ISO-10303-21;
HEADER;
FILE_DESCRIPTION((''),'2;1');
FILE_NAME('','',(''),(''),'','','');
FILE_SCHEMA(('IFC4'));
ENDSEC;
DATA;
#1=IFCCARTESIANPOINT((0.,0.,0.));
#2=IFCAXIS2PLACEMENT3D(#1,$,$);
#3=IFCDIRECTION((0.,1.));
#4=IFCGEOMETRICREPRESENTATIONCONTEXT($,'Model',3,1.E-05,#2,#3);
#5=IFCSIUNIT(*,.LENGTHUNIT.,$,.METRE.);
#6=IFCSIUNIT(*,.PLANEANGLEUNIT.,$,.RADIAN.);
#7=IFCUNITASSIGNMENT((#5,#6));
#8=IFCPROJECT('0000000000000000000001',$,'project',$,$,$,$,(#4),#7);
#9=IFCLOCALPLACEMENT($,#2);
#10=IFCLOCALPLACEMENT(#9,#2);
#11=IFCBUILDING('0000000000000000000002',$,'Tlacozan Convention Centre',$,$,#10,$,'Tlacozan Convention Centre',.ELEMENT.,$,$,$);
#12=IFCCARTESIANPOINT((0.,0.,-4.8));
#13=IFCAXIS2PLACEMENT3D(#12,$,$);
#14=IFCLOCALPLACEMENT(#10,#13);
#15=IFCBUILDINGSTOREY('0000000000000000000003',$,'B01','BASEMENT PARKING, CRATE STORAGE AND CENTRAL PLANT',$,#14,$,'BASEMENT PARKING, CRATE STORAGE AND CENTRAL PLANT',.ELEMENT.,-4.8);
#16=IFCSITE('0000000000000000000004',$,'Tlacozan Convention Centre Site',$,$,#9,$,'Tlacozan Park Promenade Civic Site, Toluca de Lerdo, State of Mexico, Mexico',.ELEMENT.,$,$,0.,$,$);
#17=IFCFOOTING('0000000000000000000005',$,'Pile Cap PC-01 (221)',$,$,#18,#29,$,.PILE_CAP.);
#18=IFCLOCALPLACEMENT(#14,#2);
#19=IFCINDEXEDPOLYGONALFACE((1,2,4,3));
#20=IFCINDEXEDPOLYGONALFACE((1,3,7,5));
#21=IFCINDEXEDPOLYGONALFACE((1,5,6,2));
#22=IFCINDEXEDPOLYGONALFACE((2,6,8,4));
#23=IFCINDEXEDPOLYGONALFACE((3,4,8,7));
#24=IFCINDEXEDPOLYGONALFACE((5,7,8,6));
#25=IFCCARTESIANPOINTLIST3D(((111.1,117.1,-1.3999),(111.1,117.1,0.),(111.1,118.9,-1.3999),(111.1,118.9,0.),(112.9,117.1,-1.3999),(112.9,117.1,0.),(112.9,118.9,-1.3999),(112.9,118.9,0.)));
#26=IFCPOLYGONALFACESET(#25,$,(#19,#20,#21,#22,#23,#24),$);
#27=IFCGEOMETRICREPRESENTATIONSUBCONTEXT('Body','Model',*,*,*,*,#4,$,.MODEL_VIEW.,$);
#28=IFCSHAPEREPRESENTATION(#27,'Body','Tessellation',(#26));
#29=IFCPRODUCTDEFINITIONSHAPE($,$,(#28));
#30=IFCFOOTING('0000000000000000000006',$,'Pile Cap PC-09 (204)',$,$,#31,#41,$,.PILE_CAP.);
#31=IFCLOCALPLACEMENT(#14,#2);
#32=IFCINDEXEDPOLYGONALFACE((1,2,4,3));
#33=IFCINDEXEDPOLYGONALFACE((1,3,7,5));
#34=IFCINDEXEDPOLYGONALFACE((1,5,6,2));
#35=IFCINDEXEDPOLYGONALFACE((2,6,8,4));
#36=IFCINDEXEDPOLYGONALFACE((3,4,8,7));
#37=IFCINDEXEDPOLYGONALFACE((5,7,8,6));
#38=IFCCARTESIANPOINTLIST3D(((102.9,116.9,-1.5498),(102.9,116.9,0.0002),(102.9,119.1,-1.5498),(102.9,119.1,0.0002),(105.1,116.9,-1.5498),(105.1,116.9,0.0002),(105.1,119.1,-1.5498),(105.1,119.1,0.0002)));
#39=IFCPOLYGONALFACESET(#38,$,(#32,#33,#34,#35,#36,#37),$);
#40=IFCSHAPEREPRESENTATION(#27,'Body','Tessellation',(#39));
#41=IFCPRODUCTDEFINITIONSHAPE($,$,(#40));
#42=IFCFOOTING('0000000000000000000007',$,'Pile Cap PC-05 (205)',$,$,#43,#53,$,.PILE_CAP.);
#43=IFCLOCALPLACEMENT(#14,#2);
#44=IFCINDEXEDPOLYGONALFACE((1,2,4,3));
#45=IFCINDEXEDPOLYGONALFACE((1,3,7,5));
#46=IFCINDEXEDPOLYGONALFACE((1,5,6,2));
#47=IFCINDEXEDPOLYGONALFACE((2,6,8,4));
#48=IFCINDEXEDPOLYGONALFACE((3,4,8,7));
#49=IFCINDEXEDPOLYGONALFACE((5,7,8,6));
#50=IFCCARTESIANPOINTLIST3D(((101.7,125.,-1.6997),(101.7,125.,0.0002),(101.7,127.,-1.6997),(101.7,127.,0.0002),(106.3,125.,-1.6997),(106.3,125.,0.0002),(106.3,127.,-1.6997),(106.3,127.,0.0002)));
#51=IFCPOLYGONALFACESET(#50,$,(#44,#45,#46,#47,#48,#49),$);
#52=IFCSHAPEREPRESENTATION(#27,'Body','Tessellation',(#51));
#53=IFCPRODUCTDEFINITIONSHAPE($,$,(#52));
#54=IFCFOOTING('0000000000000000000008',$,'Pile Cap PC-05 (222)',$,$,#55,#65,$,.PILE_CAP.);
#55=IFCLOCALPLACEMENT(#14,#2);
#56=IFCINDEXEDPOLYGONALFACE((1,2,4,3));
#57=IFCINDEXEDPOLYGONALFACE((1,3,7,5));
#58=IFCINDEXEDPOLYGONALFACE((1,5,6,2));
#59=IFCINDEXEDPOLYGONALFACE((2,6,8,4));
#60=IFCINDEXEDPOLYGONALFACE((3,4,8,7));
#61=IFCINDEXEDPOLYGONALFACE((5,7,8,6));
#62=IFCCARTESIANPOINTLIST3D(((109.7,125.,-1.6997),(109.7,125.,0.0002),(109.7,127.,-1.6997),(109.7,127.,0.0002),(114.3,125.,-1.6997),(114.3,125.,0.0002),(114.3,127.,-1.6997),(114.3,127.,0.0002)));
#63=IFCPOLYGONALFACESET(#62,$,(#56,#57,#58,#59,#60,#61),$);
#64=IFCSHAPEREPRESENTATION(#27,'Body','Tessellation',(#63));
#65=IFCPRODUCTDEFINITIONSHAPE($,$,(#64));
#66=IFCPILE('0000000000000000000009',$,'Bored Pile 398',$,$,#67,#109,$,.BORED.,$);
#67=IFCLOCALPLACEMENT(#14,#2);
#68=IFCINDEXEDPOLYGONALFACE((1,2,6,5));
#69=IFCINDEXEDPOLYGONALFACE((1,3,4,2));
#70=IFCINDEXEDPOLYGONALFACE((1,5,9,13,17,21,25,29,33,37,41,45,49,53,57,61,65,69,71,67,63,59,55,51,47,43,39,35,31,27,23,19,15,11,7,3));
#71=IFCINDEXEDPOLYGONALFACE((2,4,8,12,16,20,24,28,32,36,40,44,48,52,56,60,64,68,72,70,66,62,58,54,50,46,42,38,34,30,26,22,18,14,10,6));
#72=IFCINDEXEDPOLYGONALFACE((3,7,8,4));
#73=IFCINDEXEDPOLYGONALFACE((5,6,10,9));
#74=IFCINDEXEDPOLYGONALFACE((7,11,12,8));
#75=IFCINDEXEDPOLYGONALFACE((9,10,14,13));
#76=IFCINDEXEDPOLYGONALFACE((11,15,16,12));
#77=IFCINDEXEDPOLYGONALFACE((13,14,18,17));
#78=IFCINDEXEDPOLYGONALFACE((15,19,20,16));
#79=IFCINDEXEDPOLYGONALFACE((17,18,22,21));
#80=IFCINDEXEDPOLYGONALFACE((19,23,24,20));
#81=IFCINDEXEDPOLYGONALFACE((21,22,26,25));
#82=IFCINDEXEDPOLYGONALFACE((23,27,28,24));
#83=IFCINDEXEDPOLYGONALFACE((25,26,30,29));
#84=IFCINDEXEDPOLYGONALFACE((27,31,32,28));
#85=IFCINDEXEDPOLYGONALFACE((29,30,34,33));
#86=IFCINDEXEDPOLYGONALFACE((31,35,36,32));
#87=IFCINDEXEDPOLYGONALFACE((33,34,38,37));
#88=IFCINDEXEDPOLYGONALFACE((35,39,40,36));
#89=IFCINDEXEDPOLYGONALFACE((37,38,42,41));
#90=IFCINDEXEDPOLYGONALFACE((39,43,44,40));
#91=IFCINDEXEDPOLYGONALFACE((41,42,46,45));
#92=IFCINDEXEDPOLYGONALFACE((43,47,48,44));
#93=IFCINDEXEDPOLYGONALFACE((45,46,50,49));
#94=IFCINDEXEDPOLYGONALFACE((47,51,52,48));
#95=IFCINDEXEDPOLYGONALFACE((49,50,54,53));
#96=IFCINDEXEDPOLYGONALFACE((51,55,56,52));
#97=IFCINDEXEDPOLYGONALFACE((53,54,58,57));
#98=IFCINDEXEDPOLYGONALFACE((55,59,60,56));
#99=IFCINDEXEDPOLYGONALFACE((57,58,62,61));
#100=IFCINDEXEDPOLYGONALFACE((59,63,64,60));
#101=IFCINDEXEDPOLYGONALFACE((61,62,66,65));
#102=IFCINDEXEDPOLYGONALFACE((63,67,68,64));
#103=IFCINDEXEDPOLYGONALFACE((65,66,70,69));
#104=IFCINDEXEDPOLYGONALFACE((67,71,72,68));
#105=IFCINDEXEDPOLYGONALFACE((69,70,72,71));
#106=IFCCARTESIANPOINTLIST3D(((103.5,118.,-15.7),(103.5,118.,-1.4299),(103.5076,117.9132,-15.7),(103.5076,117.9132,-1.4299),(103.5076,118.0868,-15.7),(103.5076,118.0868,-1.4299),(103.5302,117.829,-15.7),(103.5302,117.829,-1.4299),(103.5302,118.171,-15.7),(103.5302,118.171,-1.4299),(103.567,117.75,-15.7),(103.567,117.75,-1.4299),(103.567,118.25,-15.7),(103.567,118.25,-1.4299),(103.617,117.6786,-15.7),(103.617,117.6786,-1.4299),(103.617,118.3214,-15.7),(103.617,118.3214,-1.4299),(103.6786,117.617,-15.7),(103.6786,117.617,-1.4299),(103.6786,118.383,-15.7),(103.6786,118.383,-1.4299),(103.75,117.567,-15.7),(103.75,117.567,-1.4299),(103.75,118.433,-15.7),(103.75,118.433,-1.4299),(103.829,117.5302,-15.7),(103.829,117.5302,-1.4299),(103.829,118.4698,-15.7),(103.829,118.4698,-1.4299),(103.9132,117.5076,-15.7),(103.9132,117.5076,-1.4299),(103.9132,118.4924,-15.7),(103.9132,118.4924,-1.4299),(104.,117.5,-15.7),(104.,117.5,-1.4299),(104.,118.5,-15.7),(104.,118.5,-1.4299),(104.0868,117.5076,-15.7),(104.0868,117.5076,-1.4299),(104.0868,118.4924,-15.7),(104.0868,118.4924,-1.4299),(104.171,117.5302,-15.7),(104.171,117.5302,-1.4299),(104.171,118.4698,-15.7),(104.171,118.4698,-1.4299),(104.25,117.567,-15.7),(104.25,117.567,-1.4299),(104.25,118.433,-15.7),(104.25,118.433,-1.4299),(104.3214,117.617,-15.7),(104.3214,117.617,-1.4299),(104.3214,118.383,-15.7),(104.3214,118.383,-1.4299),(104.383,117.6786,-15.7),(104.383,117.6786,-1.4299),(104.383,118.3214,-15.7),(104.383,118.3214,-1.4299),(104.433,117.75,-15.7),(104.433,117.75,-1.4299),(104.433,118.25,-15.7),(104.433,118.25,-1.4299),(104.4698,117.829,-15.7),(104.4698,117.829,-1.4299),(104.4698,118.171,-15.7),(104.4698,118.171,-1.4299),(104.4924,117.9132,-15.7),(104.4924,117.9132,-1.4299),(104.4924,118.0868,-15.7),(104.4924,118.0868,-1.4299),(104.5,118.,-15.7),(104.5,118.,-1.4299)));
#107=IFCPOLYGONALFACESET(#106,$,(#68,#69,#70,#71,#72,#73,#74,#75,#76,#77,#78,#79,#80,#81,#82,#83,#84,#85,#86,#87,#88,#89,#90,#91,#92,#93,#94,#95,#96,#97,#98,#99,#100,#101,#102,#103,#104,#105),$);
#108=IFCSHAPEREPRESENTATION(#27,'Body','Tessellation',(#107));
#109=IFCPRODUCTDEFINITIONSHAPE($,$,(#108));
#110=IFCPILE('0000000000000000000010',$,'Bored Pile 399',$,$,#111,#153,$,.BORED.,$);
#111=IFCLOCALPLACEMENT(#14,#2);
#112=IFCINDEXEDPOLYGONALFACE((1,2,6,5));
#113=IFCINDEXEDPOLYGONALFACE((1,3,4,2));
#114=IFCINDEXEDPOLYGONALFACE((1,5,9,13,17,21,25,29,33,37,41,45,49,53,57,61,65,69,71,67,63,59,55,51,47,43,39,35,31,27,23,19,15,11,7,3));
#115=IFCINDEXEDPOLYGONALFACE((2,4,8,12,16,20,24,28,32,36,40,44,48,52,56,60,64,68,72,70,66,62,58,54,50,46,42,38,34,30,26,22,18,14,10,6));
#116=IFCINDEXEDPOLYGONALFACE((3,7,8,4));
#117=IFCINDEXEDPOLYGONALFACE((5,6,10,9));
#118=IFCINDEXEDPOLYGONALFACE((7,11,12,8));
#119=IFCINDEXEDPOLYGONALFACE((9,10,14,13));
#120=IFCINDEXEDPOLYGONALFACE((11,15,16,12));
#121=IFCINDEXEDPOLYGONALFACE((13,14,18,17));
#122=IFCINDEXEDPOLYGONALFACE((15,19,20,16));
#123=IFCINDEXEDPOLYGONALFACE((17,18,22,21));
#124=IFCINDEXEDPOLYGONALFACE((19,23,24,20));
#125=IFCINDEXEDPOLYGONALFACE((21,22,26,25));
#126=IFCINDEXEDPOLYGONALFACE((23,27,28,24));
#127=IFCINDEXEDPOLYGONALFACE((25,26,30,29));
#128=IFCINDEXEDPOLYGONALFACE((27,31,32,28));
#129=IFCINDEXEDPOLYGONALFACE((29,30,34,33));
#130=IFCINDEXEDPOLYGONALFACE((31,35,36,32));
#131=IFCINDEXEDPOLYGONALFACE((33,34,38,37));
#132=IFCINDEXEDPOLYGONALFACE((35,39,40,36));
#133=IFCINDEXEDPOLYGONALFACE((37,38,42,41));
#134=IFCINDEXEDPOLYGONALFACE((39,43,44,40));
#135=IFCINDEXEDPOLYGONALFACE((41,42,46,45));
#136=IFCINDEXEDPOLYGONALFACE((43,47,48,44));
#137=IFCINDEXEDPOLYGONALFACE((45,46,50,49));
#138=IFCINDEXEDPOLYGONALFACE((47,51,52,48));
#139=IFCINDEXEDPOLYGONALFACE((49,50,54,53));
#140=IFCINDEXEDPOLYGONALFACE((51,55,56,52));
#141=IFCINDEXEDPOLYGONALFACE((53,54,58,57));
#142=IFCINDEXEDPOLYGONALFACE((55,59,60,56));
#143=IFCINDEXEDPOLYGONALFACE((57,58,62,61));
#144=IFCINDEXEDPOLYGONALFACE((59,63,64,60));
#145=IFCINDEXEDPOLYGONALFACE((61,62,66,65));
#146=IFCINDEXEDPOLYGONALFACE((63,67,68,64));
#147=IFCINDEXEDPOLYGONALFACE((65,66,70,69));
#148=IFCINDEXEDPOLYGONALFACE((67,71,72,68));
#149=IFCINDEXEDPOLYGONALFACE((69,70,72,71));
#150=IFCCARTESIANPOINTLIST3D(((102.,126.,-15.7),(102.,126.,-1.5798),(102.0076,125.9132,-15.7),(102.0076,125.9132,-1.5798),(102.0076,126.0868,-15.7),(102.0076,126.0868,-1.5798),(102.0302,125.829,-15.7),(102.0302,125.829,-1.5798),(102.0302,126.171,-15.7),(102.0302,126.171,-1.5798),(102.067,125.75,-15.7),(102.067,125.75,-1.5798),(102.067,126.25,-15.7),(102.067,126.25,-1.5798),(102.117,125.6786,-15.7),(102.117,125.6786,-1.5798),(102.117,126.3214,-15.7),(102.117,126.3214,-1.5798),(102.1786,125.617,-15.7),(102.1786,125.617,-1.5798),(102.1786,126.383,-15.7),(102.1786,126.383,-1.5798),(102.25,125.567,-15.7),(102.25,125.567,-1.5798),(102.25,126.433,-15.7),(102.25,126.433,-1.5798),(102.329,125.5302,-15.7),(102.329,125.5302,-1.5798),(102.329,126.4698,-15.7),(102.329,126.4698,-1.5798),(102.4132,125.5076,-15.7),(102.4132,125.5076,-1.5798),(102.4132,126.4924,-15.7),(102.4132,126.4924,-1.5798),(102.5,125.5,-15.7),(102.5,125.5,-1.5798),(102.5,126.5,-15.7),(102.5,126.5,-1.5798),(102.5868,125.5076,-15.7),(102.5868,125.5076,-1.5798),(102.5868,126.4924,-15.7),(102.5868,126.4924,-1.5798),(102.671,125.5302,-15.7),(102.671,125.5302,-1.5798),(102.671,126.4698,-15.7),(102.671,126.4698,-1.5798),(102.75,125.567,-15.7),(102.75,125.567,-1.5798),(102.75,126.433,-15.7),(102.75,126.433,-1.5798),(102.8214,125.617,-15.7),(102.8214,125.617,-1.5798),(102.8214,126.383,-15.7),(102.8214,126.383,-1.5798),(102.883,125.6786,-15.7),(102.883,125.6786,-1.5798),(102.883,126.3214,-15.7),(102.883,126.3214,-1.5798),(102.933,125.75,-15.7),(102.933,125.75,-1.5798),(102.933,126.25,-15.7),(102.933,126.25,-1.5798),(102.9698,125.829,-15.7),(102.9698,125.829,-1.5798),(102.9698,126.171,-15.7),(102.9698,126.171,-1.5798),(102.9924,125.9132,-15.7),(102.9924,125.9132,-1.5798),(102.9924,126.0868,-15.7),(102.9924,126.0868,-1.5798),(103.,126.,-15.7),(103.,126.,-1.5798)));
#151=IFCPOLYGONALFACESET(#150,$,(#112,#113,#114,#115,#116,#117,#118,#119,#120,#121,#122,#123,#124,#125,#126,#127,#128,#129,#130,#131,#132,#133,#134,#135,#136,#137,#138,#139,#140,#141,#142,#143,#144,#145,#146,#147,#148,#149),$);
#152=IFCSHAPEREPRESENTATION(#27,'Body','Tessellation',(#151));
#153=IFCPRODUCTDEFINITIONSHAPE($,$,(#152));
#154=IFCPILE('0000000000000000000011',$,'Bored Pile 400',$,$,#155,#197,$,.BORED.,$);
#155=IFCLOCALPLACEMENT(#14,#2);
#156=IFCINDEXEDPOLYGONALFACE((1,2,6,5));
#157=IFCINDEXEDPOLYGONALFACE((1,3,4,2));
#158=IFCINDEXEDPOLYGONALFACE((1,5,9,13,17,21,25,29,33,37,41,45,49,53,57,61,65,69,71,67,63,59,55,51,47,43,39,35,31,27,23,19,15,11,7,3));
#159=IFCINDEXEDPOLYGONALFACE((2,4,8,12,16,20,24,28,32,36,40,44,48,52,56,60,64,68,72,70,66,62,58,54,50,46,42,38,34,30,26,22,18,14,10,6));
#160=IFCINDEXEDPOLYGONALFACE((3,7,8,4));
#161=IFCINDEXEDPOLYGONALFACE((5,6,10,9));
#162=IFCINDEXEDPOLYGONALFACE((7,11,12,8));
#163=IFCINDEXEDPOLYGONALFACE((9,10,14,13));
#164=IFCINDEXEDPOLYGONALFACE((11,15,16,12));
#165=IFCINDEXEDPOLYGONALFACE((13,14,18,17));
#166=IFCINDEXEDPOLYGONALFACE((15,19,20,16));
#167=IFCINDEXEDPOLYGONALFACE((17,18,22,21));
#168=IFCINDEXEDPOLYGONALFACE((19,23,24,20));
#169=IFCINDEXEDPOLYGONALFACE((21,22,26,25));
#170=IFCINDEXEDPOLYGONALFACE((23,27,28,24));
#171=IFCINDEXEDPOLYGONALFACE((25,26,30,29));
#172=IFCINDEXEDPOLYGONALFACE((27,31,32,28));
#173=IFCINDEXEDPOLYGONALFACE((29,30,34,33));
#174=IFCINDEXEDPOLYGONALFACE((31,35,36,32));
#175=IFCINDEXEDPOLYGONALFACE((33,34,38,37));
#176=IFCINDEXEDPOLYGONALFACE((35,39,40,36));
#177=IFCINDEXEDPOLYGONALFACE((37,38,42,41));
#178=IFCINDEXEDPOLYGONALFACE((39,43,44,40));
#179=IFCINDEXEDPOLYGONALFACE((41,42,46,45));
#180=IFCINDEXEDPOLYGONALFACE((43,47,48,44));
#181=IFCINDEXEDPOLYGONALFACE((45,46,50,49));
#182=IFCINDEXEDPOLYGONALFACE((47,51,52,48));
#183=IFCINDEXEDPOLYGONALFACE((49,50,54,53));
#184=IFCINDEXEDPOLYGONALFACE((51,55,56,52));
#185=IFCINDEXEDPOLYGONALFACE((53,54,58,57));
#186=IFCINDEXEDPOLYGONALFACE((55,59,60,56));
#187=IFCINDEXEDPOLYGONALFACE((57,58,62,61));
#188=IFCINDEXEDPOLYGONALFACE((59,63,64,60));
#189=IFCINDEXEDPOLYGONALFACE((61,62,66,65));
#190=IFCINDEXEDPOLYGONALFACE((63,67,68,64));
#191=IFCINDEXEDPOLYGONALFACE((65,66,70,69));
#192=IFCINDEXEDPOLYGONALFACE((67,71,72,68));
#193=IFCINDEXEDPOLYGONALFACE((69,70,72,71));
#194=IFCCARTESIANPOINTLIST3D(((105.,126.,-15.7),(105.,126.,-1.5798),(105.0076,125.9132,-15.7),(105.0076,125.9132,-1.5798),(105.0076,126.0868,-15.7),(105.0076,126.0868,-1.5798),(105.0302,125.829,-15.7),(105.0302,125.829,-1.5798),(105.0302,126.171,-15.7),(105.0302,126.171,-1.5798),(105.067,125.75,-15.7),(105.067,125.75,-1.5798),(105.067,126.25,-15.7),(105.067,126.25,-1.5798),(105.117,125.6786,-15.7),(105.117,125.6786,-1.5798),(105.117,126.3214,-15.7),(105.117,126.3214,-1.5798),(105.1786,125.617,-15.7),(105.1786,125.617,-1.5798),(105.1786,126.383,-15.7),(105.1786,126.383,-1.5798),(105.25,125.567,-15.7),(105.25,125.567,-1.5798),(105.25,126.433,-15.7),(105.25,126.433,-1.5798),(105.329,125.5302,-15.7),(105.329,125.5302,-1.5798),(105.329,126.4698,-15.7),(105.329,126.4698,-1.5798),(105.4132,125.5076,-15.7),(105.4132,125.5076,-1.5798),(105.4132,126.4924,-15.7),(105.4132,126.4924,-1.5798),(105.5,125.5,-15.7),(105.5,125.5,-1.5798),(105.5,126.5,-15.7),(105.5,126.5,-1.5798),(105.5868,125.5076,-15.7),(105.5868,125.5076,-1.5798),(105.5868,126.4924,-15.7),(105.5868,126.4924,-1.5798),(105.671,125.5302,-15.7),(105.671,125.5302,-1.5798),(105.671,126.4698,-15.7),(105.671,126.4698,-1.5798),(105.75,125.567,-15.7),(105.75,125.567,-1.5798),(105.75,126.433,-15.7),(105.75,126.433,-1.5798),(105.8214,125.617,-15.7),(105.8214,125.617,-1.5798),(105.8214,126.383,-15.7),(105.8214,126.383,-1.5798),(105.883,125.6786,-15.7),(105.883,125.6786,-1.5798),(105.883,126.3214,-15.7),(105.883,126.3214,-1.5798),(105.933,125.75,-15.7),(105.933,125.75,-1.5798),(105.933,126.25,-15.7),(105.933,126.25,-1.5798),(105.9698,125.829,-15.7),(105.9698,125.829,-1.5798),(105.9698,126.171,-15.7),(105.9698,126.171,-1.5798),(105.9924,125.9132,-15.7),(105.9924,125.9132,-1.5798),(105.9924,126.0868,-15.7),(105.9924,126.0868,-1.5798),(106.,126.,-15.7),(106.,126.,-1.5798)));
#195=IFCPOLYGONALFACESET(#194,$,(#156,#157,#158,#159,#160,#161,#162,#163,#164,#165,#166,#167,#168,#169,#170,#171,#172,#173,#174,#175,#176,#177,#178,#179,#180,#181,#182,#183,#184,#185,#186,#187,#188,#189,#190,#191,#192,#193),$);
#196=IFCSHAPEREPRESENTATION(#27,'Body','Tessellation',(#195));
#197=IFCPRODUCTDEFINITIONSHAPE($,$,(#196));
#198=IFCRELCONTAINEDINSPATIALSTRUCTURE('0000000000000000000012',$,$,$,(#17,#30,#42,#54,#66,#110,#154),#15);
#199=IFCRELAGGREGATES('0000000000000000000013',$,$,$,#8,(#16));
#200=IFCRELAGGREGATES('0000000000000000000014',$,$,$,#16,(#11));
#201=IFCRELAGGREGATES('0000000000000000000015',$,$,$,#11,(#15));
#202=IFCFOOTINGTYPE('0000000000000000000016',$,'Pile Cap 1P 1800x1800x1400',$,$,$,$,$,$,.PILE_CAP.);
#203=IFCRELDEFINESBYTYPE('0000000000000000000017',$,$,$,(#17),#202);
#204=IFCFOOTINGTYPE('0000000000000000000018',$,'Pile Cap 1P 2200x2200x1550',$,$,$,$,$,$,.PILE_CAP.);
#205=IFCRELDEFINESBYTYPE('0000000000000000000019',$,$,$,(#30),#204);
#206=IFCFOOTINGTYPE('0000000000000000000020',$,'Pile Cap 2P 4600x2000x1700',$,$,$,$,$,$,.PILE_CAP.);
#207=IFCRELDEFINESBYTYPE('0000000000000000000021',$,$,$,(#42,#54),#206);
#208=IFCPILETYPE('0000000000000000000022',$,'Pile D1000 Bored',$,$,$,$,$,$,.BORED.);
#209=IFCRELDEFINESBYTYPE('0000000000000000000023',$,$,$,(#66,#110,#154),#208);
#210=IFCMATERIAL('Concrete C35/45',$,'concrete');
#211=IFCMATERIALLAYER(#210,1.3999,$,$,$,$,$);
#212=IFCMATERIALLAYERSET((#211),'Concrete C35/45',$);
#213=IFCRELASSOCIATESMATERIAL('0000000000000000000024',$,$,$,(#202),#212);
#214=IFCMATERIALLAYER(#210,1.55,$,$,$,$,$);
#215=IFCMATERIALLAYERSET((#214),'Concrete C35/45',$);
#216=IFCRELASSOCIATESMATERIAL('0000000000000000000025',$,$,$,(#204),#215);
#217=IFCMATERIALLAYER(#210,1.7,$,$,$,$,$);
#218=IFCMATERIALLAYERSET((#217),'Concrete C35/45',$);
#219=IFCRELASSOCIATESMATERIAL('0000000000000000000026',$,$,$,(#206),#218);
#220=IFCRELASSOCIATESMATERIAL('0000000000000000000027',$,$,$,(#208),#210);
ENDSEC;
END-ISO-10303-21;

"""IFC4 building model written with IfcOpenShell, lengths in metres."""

from ifc_helpers import new_model, si_unit, direction, frame, origin, origin_2d, place, context, subcontext, project, spatial, rectangle, circle, extrude, material, layer, layer_set, material_profile, profile_set, type_object, element, save


model = new_model("IFC4")

# Units and contexts
model_context = context("Model", 3, precision=1e-05, world=origin(), true_north=direction((0.0, 1.0)))
body_context = subcontext(model_context, "Body", "Model", "MODEL_VIEW")
ifc_project = project(units=[si_unit("LENGTHUNIT", "METRE"), si_unit("PLANEANGLEUNIT", "RADIAN")], contexts=[model_context])

# Site, building, storey
site_placement = place(None, origin())
site = spatial("IfcSite", under=ifc_project, at=site_placement, Name="Tlacozan Convention Centre Site", LongName="Tlacozan Park Promenade Civic Site, Toluca de Lerdo, State of Mexico, Mexico", CompositionType="ELEMENT", RefElevation=0.0)
building_placement = place(site_placement, origin())
building = spatial("IfcBuilding", under=site, at=building_placement, Name="Tlacozan Convention Centre", LongName="Tlacozan Convention Centre", CompositionType="ELEMENT")
storey_placement = place(building_placement, frame((0.0, 0.0, -4.8)))
storey = spatial("IfcBuildingStorey", under=building, at=storey_placement, Name="B01", Description="BASEMENT PARKING, CRATE STORAGE AND CENTRAL PLANT", LongName="BASEMENT PARKING, CRATE STORAGE AND CENTRAL PLANT", CompositionType="ELEMENT", Elevation=-4.8)

# Footings
ifc_material_1 = material(Name="Concrete C35/45", Category="concrete")
ifc_layer_1 = layer(ifc_material_1, 1.3999)
ifc_layer_set_1 = layer_set([ifc_layer_1], Name="Concrete C35/45")
footing_type_1 = type_object("IfcFootingType", Name="Pile Cap 1P 1800x1800x1400", PredefinedType="PILE_CAP", material=ifc_layer_set_1)
footing_1_placement = place(storey_placement, frame((112.0, 118.0, -1.3999), z_axis=(0.0, 0.0, 1.0), x_axis=(1.0, 0.0, 0.0)))
element("IfcFooting", 1, at=footing_1_placement, inside=storey, type_object=footing_type_1, Name="Pile Cap PC-01 (221)", PredefinedType="PILE_CAP", context=body_context, shape_type="SweptSolid", body=[
    extrude(rectangle(XDim=1.8, YDim=1.8, at=origin_2d()), origin(), (0.0, 0.0, 1.0), 1.3999),
])
ifc_layer_2 = layer(ifc_material_1, 1.55)
ifc_layer_set_2 = layer_set([ifc_layer_2], Name="Concrete C35/45")
footing_type_2 = type_object("IfcFootingType", Name="Pile Cap 1P 2200x2200x1550", PredefinedType="PILE_CAP", material=ifc_layer_set_2)
footing_2_placement = place(storey_placement, frame((104.0, 118.0, -1.5498), z_axis=(0.0, 0.0, 1.0), x_axis=(1.0, 0.0, 0.0)))
element("IfcFooting", 2, at=footing_2_placement, inside=storey, type_object=footing_type_2, Name="Pile Cap PC-09 (204)", PredefinedType="PILE_CAP", context=body_context, shape_type="SweptSolid", body=[
    extrude(rectangle(XDim=2.2, YDim=2.2, at=origin_2d()), origin(), (0.0, 0.0, 1.0), 1.55),
])
ifc_layer_3 = layer(ifc_material_1, 1.7)
ifc_layer_set_3 = layer_set([ifc_layer_3], Name="Concrete C35/45")
footing_type_3 = type_object("IfcFootingType", Name="Pile Cap 2P 4600x2000x1700", PredefinedType="PILE_CAP", material=ifc_layer_set_3)
for number, where, z_axis, x_axis, name in (
    (3, (104.0, 126.0, -1.6997), (0.0, 0.0, 1.0), (1.0, 0.0, 0.0), "Pile Cap PC-05 (205)"),
    (4, (112.0, 126.0, -1.6997), (0.0, 0.0, 1.0), (1.0, 0.0, 0.0), "Pile Cap PC-05 (222)"),
):
    element("IfcFooting", number, at=place(storey_placement, frame(where, z_axis=z_axis, x_axis=x_axis)), inside=storey, type_object=footing_type_3, Name=name, PredefinedType="PILE_CAP", context=body_context, shape_type="SweptSolid", body=[
        extrude(rectangle(XDim=4.6001, YDim=2.0, at=origin_2d()), origin(), (0.0, 0.0, 1.0), 1.7),
    ])

# Piles
ifc_material_profile_1 = material_profile(ifc_material_1, circle(Radius=0.5, at=origin_2d()), Name="PILE D1000")
ifc_profile_set_1 = profile_set([ifc_material_profile_1], Name="Concrete C35/45")
pile_type_1 = type_object("IfcPileType", Name="Pile D1000 Bored", PredefinedType="BORED", material=ifc_profile_set_1)
pile_1_placement = place(storey_placement, frame((104.0, 118.0, -1.4299), z_axis=(0.0, 0.0, -1.0), x_axis=(1.0, 0.0, 0.0)))
element("IfcPile", 5, at=pile_1_placement, inside=storey, type_object=pile_type_1, Name="Bored Pile 398", PredefinedType="BORED", context=body_context, shape_type="SweptSolid", body=[
    extrude(circle(Radius=0.5, at=origin_2d()), origin(), (0.0, 0.0, 1.0), 14.27),
])
for number, where, z_axis, x_axis, name in (
    (6, (102.5, 126.0, -1.5798), (0.0, 0.0, -1.0), (1.0, 0.0, 0.0), "Bored Pile 399"),
    (7, (105.5, 126.0, -1.5798), (0.0, 0.0, -1.0), (1.0, 0.0, 0.0), "Bored Pile 400"),
):
    element("IfcPile", number, at=place(storey_placement, frame(where, z_axis=z_axis, x_axis=x_axis)), inside=storey, type_object=pile_type_1, Name=name, PredefinedType="BORED", context=body_context, shape_type="SweptSolid", body=[
        extrude(circle(Radius=0.5, at=origin_2d()), origin(), (0.0, 0.0, 1.0), 14.1201),
    ])

save(model, "model.ifc")
